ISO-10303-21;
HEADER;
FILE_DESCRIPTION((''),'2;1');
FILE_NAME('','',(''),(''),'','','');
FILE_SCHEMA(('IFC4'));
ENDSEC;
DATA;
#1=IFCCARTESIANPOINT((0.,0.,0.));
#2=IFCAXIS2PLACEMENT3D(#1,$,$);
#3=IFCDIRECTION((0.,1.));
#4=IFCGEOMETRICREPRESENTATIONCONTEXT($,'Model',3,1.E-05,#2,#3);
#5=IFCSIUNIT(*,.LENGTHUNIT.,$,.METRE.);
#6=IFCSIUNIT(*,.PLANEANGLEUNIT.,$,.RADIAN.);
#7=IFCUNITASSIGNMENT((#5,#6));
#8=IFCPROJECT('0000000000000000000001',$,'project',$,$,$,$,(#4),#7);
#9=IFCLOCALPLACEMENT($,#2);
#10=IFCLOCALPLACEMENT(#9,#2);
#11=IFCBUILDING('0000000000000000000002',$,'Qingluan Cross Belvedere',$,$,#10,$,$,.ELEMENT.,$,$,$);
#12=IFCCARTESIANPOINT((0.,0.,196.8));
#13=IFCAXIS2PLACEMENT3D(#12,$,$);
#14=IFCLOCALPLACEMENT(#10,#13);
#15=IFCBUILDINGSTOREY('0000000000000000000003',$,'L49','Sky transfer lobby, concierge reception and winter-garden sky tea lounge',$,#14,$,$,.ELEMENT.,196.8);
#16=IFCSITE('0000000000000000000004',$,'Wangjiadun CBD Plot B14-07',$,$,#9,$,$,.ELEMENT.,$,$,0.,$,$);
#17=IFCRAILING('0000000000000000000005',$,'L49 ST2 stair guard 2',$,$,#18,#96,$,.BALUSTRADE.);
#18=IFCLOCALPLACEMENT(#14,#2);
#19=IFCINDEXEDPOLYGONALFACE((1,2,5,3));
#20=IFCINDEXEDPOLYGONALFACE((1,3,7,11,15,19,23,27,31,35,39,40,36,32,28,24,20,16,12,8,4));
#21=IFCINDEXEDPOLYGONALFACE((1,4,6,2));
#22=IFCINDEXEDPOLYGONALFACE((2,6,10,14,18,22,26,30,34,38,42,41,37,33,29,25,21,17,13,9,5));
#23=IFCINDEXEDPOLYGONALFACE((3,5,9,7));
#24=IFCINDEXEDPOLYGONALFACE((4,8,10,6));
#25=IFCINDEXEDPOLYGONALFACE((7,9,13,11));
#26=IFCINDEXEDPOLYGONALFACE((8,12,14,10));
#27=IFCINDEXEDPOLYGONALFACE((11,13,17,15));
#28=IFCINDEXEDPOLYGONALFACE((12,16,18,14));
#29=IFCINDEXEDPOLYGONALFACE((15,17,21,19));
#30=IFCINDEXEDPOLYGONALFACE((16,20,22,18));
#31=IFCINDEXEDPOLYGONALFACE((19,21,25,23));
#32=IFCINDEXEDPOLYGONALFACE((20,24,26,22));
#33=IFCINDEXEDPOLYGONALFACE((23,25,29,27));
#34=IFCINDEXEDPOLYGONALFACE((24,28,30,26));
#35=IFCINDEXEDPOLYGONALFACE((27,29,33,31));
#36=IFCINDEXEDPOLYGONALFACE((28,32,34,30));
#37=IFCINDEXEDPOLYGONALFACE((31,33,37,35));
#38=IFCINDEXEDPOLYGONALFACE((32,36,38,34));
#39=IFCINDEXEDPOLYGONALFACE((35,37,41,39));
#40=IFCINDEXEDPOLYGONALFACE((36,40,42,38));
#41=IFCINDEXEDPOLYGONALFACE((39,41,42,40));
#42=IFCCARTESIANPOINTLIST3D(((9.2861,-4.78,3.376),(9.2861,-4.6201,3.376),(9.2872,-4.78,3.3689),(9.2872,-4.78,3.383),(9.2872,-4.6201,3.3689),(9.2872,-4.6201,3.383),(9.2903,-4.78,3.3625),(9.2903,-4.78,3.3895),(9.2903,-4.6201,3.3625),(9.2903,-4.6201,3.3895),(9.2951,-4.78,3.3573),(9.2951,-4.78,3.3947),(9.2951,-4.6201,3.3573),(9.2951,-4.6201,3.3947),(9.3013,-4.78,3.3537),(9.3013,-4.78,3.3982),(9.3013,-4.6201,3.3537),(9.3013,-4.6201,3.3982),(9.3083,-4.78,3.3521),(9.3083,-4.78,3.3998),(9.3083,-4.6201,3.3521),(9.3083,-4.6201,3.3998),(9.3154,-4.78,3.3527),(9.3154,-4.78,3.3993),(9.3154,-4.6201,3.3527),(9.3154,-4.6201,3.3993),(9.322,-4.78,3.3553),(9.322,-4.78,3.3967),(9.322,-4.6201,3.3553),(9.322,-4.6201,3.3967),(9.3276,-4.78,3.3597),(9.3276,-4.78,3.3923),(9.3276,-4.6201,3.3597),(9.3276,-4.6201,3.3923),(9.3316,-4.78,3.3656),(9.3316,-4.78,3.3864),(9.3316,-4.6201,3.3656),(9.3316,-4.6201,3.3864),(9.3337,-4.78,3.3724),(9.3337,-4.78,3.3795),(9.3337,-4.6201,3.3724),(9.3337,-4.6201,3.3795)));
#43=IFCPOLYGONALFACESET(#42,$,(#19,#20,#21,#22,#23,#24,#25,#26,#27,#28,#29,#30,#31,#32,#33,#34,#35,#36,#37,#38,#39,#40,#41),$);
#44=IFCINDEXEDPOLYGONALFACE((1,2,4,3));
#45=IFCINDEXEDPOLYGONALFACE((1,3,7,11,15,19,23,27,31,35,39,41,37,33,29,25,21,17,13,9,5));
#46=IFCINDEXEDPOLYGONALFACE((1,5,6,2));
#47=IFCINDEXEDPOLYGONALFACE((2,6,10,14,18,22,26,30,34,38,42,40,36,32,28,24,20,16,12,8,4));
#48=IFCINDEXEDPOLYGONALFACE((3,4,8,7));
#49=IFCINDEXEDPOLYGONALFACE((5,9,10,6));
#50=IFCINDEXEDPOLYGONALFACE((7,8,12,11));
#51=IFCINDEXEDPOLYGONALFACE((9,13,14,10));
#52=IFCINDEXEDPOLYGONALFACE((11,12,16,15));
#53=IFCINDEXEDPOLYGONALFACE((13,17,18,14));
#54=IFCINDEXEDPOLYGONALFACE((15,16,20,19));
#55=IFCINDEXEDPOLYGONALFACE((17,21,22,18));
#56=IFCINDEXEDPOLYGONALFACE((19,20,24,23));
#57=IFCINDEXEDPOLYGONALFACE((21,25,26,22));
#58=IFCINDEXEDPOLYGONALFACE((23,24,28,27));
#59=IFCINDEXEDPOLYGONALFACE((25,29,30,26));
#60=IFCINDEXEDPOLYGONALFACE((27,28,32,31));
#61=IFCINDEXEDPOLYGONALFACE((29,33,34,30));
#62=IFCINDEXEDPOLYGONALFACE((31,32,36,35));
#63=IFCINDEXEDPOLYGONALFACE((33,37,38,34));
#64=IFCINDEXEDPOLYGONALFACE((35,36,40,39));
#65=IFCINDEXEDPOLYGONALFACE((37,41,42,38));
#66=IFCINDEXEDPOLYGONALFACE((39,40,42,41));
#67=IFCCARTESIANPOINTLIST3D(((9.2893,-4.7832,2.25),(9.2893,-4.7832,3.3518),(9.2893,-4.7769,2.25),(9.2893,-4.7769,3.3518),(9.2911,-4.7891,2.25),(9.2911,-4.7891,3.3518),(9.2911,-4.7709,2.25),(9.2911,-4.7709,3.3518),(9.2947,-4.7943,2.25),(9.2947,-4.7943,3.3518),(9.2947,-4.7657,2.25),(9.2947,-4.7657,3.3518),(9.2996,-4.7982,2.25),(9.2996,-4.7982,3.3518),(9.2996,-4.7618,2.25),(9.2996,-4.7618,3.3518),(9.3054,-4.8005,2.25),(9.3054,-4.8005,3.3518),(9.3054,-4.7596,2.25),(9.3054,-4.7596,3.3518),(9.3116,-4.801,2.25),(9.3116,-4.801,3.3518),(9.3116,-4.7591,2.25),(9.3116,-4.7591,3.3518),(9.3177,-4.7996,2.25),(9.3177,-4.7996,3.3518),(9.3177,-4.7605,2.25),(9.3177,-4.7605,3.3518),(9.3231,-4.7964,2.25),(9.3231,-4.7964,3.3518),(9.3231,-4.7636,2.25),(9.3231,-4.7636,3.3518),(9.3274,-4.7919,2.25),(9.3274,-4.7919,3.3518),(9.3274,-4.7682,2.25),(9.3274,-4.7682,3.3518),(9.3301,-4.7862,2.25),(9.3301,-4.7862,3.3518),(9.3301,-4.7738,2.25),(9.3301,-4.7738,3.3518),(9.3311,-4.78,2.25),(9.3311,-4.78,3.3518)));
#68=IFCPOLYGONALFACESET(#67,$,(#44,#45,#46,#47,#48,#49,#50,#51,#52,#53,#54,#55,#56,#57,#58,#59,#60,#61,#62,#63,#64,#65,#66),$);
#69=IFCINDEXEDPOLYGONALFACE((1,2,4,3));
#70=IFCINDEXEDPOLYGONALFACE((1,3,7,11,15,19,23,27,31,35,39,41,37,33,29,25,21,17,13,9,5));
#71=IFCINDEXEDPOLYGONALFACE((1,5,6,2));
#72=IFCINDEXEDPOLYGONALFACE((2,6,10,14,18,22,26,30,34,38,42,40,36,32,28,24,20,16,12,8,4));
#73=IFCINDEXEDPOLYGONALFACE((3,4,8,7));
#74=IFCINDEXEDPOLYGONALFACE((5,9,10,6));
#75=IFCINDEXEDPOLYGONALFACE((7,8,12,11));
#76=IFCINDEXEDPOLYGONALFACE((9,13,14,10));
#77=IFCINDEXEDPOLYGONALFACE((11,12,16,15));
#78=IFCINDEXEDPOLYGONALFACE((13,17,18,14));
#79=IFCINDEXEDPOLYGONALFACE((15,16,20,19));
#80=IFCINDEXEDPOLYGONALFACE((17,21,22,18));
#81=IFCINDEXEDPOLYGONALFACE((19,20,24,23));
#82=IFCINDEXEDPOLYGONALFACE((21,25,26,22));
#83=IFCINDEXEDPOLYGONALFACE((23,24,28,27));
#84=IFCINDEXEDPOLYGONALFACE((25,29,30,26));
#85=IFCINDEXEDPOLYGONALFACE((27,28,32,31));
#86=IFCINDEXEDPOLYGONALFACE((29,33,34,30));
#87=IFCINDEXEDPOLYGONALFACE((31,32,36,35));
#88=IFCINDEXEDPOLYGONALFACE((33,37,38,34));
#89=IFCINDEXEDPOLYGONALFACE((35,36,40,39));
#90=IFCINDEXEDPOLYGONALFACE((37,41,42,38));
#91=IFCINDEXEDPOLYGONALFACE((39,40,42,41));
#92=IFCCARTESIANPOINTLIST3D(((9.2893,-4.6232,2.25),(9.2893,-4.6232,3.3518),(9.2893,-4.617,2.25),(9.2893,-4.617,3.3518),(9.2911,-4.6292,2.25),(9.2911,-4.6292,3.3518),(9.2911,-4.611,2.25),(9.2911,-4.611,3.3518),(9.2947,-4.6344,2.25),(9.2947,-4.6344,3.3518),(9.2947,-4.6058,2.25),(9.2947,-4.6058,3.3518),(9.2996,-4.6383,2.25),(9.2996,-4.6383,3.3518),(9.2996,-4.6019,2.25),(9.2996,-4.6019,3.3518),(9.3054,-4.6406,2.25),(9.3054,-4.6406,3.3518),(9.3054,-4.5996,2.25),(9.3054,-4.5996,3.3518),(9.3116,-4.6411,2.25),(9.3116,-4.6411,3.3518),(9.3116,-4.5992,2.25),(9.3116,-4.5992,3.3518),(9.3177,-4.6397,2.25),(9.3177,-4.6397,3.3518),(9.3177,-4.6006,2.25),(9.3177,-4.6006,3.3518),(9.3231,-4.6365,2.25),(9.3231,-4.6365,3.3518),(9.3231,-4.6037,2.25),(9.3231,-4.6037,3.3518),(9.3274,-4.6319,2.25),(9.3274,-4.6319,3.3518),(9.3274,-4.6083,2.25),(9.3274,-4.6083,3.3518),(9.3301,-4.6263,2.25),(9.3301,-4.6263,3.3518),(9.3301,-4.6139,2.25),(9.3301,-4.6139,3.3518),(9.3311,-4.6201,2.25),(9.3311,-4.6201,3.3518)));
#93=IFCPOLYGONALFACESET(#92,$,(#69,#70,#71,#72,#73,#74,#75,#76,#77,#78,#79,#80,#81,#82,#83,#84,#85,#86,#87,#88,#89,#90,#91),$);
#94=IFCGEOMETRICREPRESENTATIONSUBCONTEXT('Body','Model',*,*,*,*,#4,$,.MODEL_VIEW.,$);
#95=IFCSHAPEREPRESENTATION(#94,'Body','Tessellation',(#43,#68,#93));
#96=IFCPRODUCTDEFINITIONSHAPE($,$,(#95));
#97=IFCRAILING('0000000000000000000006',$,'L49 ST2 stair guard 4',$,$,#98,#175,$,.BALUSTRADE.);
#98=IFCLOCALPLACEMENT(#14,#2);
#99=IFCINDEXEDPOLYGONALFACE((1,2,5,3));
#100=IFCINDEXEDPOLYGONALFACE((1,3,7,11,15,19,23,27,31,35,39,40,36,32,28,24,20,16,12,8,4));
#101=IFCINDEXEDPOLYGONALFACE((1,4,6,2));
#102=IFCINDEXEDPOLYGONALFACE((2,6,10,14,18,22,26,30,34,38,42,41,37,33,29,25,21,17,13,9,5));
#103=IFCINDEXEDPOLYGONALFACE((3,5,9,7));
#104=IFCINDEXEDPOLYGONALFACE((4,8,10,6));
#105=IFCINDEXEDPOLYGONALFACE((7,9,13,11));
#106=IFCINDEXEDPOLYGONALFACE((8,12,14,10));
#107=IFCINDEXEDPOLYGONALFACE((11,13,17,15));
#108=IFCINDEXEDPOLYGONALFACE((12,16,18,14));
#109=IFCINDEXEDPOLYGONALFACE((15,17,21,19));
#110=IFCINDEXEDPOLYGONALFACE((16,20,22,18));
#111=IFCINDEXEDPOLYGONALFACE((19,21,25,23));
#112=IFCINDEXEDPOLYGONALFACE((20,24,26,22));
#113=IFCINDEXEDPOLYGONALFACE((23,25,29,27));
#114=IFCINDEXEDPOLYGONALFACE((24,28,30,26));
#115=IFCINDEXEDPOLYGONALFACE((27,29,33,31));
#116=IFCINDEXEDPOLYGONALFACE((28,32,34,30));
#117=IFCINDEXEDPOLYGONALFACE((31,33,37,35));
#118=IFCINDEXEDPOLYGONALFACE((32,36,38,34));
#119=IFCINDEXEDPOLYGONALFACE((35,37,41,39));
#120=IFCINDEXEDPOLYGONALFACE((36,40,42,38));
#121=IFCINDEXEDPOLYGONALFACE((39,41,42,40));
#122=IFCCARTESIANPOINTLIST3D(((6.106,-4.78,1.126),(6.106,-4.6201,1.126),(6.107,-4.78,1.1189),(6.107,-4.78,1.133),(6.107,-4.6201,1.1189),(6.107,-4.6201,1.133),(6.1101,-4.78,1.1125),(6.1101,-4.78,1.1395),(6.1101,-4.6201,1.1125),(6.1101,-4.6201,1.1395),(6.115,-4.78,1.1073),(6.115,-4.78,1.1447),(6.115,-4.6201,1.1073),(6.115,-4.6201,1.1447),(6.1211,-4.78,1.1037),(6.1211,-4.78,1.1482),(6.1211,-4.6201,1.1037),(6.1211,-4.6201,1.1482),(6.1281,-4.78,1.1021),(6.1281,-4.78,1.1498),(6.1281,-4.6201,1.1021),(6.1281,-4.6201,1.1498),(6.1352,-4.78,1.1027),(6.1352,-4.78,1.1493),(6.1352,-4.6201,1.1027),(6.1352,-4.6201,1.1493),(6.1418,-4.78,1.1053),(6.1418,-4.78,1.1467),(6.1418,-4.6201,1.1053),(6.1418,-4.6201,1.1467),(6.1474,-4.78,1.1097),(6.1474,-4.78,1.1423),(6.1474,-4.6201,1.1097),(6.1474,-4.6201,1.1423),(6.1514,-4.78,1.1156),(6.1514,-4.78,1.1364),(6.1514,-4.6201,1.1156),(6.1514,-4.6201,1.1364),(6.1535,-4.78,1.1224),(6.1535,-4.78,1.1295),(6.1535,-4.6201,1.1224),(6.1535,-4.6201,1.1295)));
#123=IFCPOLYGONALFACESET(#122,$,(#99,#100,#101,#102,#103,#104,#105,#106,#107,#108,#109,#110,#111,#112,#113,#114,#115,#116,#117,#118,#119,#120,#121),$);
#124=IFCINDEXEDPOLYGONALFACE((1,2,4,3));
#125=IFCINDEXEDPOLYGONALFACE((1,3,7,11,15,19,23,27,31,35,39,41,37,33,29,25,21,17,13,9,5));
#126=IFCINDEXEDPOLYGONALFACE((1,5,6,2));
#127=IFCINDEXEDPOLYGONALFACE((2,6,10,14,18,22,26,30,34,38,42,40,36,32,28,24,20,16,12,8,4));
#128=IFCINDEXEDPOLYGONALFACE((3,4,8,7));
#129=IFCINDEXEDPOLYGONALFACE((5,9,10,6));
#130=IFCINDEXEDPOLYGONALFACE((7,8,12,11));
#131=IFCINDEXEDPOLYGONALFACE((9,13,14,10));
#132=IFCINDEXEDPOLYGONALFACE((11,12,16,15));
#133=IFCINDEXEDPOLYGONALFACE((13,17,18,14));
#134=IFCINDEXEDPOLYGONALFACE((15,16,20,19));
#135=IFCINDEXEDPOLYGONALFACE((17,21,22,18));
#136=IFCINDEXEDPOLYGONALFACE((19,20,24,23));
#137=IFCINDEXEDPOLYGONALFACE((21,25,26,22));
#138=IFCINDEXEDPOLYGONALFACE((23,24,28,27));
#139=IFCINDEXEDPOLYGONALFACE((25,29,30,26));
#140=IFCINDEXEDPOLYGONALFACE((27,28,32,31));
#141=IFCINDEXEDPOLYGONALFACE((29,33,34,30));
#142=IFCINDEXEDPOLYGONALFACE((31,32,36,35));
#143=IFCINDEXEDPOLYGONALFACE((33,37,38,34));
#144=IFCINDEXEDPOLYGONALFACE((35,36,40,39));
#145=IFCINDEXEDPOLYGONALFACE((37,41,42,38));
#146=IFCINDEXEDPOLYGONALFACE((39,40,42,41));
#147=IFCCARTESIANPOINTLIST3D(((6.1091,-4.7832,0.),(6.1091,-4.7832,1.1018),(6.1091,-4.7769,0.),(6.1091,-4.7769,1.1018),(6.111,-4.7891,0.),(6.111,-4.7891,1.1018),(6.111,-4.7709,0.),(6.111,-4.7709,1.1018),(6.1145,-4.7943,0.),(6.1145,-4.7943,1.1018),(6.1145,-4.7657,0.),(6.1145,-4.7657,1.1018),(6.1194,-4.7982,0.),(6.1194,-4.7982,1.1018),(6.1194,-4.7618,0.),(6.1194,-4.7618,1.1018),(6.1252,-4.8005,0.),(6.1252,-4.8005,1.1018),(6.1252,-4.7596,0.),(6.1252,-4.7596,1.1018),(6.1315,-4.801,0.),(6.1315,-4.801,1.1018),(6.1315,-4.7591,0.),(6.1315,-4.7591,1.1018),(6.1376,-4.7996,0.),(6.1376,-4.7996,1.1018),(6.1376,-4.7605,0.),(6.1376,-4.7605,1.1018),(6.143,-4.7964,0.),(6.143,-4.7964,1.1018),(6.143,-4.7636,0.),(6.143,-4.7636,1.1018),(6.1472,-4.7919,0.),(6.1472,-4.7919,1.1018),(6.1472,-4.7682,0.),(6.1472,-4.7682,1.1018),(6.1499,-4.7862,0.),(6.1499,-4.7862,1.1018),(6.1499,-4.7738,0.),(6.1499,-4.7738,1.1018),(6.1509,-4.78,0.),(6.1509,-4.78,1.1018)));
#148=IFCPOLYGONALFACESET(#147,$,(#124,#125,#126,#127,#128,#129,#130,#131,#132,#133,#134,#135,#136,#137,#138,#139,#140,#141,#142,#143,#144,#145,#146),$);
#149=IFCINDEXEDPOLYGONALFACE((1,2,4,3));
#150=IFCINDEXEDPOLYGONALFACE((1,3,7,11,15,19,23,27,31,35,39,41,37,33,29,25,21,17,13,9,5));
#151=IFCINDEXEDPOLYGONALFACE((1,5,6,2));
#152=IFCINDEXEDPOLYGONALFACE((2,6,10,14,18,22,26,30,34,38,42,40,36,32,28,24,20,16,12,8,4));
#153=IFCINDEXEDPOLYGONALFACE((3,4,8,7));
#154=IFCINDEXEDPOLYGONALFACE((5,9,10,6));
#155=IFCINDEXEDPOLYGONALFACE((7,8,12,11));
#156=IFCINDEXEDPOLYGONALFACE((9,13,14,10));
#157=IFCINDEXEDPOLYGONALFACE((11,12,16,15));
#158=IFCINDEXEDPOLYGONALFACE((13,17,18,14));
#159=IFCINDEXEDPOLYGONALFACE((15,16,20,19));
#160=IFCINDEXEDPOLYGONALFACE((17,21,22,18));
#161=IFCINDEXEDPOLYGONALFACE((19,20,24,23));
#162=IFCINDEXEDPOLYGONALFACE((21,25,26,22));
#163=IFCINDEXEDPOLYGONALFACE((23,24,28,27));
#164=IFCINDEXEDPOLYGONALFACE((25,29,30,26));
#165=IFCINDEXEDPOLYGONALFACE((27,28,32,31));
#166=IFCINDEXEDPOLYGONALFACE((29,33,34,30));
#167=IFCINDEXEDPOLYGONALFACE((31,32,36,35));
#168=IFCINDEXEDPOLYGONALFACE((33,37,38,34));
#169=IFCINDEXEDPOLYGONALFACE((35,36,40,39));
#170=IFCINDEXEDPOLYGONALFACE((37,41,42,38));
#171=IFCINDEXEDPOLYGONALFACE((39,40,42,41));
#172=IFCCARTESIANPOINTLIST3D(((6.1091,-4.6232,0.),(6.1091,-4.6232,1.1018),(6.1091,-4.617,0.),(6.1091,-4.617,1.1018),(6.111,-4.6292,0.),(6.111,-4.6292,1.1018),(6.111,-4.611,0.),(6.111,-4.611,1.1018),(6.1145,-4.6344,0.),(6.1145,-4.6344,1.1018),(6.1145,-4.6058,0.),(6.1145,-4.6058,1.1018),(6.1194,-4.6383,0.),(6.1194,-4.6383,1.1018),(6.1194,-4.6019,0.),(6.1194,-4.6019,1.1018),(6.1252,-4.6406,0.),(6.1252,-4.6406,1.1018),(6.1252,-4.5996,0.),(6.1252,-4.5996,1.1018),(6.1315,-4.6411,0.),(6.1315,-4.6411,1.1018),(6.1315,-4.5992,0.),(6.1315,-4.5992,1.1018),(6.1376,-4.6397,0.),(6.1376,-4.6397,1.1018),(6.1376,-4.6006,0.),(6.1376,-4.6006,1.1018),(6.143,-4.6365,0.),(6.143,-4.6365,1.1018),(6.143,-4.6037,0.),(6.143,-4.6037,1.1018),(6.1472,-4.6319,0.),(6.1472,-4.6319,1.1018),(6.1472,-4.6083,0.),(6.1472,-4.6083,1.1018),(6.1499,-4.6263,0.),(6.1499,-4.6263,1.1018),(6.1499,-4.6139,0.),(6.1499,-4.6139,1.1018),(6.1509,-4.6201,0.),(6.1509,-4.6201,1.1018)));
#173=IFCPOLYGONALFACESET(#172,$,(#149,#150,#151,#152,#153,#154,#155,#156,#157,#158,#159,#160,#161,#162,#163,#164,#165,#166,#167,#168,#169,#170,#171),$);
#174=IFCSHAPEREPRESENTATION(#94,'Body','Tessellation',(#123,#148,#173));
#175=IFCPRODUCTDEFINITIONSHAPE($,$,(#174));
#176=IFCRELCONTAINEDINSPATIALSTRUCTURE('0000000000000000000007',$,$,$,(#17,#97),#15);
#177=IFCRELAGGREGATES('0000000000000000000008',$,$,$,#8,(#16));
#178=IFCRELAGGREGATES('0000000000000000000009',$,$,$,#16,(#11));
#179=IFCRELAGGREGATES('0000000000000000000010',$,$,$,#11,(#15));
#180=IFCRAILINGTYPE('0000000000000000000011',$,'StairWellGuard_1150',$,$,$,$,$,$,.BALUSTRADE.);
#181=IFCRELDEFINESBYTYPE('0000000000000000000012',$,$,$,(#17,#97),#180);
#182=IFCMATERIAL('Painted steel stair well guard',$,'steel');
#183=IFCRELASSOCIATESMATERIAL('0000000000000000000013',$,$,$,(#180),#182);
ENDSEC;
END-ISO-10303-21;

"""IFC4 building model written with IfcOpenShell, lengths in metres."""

from ifc_helpers import new_model, si_unit, direction, frame, origin, origin_2d, place, context, subcontext, project, spatial, circle, extrude, material, type_object, element, save


model = new_model("IFC4")

# Units and contexts
model_context = context("Model", 3, precision=1e-05, world=origin(), true_north=direction((0.0, 1.0)))
body_context = subcontext(model_context, "Body", "Model", "MODEL_VIEW")
ifc_project = project(units=[si_unit("LENGTHUNIT", "METRE"), si_unit("PLANEANGLEUNIT", "RADIAN")], contexts=[model_context])

# Site, building, storey
site_placement = place(None, origin())
site = spatial("IfcSite", under=ifc_project, at=site_placement, Name="Wangjiadun CBD Plot B14-07", CompositionType="ELEMENT", RefElevation=0.0)
building_placement = place(site_placement, origin())
building = spatial("IfcBuilding", under=site, at=building_placement, Name="Qingluan Cross Belvedere", CompositionType="ELEMENT")
storey_placement = place(building_placement, frame((0.0, 0.0, 196.8)))
storey = spatial("IfcBuildingStorey", under=building, at=storey_placement, Name="L49", Description="Sky transfer lobby, concierge reception and winter-garden sky tea lounge", CompositionType="ELEMENT", Elevation=196.8)

# Railings
ifc_material_1 = material(Name="Painted steel stair well guard", Category="steel")
railing_type_1 = type_object("IfcRailingType", Name="StairWellGuard_1150", PredefinedType="BALUSTRADE", material=ifc_material_1)
for number, where, name in (
    (1, (9.3101, -4.78, 2.25), "L49 ST2 stair guard 2"),
    (2, (6.1299, -4.78, 0.0), "L49 ST2 stair guard 4"),
):
    element("IfcRailing", number, at=place(storey_placement, frame(where)), inside=storey, type_object=railing_type_1, Name=name, PredefinedType="BALUSTRADE", context=body_context, shape_type="SweptSolid", body=[
        extrude(circle(Radius=0.0239, at=origin_2d()), frame((0.0, 0.0, 1.126), z_axis=(0.0, 1.0, 0.0), x_axis=(-1.0, 0.0, 0.0)), (0.0, 0.0, 1.0), 0.1599),
        extrude(circle(Radius=0.021, at=origin_2d()), origin(), (0.0, 0.0, 1.0), 1.1018),
        extrude(circle(Radius=0.021, at=origin_2d()), frame((0.0, 0.1599, 0.0)), (0.0, 0.0, 1.0), 1.1018),
    ])

save(model, "model.ifc")
